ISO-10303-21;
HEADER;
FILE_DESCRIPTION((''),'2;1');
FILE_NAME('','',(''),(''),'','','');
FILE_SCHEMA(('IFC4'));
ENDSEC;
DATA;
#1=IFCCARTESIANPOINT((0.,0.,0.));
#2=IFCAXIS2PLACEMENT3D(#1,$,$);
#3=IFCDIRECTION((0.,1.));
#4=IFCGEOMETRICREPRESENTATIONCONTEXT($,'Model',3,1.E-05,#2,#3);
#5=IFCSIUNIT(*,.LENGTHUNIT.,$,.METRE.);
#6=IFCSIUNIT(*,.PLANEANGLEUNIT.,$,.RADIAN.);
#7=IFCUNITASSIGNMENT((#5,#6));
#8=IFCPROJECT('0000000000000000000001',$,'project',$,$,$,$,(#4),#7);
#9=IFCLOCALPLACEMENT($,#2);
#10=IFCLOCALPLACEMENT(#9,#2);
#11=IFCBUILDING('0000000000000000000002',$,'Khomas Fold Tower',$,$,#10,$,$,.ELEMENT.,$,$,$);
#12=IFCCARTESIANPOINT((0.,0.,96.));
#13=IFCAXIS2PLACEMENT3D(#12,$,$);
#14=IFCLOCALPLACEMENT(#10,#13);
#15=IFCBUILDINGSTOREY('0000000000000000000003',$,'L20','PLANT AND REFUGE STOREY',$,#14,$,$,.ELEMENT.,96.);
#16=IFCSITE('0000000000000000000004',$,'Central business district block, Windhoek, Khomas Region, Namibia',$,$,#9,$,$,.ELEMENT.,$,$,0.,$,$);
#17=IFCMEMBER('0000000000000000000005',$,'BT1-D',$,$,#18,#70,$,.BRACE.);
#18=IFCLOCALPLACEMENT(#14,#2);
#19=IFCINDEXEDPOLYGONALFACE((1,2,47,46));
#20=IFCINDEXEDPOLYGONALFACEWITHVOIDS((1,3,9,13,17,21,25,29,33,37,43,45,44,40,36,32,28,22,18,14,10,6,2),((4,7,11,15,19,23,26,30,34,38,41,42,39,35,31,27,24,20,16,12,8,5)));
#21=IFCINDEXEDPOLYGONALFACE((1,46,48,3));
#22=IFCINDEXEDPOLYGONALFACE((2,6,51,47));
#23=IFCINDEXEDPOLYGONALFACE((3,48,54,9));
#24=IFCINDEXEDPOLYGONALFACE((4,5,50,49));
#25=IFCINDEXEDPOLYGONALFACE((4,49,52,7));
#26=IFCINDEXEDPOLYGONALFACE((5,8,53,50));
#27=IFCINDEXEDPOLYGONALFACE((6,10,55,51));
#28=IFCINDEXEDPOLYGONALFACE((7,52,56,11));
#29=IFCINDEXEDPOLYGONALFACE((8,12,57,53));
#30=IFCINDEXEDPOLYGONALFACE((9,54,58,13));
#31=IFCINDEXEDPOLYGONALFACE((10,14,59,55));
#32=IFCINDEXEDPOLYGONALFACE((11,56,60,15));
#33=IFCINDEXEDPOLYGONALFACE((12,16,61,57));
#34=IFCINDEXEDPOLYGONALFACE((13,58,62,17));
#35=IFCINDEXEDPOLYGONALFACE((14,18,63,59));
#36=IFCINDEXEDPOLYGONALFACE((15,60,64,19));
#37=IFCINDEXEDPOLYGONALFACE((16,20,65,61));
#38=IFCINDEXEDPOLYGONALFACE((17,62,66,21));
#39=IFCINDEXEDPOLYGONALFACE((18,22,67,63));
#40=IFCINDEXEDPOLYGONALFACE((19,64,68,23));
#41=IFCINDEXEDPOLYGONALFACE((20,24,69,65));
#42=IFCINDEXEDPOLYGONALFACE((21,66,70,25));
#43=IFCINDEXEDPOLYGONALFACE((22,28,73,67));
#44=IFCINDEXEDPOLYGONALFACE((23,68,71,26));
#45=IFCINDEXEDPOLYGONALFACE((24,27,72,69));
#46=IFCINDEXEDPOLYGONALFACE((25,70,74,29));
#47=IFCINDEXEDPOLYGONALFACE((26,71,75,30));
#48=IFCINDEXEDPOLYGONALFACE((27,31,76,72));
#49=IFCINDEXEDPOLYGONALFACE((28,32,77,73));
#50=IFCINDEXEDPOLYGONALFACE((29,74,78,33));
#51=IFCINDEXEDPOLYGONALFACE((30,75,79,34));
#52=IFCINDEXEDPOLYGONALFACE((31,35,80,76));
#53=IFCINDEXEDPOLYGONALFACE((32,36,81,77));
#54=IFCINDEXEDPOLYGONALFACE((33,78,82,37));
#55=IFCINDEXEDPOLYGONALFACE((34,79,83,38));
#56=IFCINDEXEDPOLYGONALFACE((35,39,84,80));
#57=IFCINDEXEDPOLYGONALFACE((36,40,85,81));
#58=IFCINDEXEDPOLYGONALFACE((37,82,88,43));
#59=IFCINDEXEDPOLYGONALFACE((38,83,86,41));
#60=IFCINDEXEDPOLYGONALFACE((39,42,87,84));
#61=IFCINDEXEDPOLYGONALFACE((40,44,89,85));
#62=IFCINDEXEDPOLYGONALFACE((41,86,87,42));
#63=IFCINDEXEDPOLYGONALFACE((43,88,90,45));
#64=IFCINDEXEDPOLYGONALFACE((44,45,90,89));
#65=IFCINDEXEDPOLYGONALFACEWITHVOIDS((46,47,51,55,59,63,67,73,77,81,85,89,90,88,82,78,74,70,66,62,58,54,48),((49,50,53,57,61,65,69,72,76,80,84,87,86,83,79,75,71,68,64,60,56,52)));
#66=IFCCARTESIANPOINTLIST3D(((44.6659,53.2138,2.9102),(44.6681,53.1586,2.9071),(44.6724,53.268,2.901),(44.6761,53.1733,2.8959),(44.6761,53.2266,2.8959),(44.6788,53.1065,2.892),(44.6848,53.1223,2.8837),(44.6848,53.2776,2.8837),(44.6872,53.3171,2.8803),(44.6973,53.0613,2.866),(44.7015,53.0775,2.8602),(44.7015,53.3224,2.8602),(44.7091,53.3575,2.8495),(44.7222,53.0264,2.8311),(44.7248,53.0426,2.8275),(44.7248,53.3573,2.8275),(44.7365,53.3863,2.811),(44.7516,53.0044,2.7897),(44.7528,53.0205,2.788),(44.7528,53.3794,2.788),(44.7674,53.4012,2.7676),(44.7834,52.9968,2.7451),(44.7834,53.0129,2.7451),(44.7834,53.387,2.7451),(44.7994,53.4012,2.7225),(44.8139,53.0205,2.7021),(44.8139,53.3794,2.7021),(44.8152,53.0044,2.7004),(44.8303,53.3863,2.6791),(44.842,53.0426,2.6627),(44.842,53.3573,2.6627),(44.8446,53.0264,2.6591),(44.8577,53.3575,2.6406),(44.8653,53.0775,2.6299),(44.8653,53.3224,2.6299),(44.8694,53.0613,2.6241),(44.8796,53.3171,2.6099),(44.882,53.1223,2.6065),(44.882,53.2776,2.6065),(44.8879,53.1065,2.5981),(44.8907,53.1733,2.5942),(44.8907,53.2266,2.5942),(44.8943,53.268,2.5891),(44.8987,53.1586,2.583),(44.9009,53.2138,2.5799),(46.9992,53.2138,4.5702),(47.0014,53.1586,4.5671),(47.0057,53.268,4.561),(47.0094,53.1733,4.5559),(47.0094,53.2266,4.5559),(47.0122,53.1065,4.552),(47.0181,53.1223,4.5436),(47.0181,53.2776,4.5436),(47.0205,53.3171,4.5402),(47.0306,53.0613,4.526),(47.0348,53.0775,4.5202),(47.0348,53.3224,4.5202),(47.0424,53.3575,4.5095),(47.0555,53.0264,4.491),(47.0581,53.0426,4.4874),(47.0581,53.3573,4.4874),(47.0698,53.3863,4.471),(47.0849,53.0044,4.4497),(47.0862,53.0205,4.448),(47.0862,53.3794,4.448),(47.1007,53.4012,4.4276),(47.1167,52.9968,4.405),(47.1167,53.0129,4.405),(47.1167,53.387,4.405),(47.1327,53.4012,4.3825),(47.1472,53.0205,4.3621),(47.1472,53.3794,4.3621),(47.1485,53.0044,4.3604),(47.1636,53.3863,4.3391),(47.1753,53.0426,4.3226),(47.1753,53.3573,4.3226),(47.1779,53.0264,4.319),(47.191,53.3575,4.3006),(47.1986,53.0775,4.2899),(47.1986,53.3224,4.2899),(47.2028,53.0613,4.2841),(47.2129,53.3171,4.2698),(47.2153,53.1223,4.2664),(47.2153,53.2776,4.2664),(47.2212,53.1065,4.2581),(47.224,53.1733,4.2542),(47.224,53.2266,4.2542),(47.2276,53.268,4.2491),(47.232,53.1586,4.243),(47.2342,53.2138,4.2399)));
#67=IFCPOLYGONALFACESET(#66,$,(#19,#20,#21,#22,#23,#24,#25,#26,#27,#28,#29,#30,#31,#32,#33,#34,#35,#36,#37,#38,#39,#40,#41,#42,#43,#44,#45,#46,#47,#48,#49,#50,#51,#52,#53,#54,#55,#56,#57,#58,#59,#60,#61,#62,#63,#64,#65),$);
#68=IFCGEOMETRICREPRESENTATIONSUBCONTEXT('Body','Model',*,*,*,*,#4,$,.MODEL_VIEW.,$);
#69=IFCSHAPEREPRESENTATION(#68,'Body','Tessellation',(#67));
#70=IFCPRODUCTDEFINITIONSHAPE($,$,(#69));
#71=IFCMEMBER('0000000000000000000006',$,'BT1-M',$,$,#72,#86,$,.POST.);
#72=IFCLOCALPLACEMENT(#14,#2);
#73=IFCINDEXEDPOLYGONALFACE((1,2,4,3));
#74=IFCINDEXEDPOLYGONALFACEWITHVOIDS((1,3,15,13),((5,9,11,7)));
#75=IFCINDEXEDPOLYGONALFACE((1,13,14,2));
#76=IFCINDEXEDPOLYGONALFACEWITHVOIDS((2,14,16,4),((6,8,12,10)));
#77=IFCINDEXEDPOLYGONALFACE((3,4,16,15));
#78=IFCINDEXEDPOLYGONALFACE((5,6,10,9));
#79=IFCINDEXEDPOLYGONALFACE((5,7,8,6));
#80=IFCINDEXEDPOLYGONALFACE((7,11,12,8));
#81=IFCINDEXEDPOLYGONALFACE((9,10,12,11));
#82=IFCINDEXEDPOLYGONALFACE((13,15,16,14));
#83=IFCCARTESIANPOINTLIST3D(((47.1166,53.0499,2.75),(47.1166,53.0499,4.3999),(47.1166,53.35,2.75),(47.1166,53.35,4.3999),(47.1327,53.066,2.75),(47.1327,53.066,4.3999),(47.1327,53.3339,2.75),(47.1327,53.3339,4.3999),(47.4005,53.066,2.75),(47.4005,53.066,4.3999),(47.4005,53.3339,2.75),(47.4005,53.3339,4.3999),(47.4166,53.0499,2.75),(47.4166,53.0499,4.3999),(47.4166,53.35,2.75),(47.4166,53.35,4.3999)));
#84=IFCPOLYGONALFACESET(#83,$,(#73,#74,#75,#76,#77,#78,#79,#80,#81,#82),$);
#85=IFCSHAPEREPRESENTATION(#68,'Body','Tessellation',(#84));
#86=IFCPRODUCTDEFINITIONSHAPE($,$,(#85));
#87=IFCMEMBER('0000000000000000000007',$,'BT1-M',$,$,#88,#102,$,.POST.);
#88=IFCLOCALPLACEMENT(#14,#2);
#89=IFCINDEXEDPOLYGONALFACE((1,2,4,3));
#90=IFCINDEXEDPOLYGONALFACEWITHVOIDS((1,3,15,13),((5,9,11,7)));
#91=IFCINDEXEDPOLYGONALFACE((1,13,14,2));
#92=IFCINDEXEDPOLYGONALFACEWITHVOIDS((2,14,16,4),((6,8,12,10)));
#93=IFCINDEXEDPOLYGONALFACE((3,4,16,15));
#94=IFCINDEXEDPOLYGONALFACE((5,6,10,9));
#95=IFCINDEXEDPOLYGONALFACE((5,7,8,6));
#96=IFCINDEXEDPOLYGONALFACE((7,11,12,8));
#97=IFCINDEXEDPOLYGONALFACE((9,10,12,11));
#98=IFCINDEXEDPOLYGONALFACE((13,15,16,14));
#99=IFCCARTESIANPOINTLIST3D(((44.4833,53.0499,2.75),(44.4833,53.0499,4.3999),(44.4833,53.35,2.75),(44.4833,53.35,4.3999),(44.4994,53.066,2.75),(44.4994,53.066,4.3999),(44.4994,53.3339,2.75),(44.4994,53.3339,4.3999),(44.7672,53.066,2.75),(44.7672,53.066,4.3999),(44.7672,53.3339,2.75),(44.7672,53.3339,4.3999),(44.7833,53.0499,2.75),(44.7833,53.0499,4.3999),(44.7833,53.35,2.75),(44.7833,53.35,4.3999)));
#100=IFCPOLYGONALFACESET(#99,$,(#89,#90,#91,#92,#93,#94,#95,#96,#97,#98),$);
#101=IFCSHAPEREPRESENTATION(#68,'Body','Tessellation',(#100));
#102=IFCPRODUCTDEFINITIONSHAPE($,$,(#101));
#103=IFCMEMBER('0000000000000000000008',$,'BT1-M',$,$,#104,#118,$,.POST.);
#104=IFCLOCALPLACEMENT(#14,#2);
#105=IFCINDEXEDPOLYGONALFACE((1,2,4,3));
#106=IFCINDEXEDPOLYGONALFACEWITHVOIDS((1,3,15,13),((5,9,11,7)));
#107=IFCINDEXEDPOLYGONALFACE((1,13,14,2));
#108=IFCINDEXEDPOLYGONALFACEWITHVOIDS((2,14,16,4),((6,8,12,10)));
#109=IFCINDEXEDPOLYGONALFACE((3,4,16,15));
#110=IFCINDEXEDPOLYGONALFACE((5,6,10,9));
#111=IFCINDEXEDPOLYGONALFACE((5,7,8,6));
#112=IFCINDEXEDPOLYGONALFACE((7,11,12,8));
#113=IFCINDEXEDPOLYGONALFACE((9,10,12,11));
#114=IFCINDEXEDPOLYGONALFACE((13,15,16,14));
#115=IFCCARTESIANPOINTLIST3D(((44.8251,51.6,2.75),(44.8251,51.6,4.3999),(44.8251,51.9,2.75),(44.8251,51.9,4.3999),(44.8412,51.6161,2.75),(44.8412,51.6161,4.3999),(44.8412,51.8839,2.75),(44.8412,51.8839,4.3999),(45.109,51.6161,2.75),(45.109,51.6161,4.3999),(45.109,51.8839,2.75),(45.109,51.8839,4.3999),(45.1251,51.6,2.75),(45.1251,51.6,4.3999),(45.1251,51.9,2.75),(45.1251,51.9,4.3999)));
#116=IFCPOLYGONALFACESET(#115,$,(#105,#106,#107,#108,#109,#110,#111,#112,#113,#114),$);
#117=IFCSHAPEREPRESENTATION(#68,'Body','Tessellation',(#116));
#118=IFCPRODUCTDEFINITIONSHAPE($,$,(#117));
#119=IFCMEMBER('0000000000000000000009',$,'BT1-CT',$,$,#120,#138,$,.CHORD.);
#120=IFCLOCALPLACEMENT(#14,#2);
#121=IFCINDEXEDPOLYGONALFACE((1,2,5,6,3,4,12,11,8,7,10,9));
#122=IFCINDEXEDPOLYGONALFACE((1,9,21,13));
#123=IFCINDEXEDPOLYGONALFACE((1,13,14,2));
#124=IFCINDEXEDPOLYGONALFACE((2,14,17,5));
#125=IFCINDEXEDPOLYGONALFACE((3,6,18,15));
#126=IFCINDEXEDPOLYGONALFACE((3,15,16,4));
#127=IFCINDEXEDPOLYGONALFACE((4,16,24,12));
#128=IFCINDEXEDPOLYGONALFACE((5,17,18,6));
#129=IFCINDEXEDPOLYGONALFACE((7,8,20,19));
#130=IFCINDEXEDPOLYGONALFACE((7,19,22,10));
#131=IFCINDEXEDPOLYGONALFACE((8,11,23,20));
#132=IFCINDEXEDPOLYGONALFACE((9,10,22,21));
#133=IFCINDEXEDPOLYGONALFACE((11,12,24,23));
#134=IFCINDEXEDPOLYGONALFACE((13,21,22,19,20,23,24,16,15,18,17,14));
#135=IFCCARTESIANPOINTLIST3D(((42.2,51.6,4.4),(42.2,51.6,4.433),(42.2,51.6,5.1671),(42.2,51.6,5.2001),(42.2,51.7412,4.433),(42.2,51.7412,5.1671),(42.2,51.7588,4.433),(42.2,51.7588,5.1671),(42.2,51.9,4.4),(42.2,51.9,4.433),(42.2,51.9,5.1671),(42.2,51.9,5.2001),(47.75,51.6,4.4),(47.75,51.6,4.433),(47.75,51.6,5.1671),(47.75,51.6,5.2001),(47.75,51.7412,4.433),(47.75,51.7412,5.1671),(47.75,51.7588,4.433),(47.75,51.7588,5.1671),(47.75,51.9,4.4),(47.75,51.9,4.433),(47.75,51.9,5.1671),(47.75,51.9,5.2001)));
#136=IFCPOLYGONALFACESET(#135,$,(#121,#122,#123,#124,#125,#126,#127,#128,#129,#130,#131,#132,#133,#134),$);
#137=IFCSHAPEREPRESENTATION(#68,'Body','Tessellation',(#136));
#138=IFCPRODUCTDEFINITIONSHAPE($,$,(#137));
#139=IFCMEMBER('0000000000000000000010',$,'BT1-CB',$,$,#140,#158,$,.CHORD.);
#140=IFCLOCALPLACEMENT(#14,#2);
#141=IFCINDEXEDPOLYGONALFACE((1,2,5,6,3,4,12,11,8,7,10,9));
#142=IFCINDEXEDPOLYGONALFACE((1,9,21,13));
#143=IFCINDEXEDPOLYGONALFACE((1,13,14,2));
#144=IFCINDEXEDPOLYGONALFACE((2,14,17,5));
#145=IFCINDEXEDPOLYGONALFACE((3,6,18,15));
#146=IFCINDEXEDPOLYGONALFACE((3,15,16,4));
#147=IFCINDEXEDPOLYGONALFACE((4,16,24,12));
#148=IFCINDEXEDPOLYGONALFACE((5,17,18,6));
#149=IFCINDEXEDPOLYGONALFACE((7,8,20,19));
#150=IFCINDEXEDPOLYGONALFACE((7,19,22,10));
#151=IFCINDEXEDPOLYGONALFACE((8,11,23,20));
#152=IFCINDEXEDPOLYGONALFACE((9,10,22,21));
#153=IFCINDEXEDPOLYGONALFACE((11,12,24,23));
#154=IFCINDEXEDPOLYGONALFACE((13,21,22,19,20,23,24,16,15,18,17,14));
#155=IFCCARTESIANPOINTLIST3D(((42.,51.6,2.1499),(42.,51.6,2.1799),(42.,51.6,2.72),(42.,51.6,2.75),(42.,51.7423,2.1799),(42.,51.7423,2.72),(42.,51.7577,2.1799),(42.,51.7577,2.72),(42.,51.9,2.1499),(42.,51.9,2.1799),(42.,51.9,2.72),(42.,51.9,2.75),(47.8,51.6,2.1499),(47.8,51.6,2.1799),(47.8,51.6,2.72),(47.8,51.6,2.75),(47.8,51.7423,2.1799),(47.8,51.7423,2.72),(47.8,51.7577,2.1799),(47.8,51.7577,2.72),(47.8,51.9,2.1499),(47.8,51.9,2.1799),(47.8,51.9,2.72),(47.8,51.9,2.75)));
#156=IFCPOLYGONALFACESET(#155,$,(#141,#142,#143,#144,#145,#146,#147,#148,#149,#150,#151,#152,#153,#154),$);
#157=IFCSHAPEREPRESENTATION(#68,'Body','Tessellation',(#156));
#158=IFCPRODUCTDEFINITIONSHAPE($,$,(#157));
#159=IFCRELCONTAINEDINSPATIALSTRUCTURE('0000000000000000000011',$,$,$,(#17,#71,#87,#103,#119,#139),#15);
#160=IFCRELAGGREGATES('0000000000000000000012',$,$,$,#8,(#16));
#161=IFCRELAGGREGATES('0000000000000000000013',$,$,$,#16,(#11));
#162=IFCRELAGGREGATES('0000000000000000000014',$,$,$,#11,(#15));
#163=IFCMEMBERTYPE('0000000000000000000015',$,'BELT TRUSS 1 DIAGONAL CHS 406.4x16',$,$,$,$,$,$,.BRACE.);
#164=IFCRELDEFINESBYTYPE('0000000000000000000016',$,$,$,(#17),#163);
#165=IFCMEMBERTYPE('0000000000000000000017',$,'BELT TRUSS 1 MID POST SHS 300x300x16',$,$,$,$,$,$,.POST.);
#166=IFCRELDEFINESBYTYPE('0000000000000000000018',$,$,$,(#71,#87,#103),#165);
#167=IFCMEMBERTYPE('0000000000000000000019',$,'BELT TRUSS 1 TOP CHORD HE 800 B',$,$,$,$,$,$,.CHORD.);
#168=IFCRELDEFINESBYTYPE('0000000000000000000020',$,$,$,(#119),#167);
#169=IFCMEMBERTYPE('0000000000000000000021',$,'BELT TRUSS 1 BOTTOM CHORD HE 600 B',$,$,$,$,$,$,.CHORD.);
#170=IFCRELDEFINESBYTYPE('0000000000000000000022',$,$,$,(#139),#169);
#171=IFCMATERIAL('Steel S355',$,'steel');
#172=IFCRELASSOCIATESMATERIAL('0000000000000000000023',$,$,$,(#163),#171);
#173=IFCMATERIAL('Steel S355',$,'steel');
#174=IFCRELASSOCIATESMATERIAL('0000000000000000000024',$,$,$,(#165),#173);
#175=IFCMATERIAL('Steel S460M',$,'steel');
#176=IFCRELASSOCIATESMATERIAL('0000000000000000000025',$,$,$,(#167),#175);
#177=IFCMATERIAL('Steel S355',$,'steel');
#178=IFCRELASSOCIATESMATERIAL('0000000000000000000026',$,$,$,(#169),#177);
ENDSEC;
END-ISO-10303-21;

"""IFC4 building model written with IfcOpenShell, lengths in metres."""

from ifc_helpers import new_model, si_unit, direction, frame, origin, origin_2d, place, context, subcontext, project, spatial, hollow_rectangle, hollow_circle, i_section, extrude, source, transform, mapped, material, material_profile, profile_set, type_object, element, save


model = new_model("IFC4")

# Units and contexts
model_context = context("Model", 3, precision=1e-05, world=origin(), true_north=direction((0.0, 1.0)))
body_context = subcontext(model_context, "Body", "Model", "MODEL_VIEW")
ifc_project = project(units=[si_unit("LENGTHUNIT", "METRE"), si_unit("PLANEANGLEUNIT", "RADIAN")], contexts=[model_context])

# Site, building, storey
site_placement = place(None, origin())
site = spatial("IfcSite", under=ifc_project, at=site_placement, Name="Central business district block, Windhoek, Khomas Region, Namibia", CompositionType="ELEMENT", RefElevation=0.0)
building_placement = place(site_placement, origin())
building = spatial("IfcBuilding", under=site, at=building_placement, Name="Khomas Fold Tower", CompositionType="ELEMENT")
storey_placement = place(building_placement, frame((0.0, 0.0, 96.0)))
storey = spatial("IfcBuildingStorey", under=building, at=storey_placement, Name="L20", Description="PLANT AND REFUGE STOREY", CompositionType="ELEMENT", Elevation=96.0)

# Members
ifc_material_1 = material(Name="Steel S355", Category="steel")
ifc_material_profile_1 = material_profile(ifc_material_1, hollow_circle(Radius=0.2031, WallThickness=0.0161, at=origin_2d()), Name="CHS 406.4x16")
ifc_profile_set_1 = profile_set([ifc_material_profile_1], Name="Steel S355")
member_type_1 = type_object("IfcMemberType", Name="BELT TRUSS 1 DIAGONAL CHS 406.4x16", PredefinedType="BRACE", material=ifc_profile_set_1)
shared_shape_1 = source(origin(), body_context, "Body", "SweptSolid", [
    extrude(hollow_circle(Radius=0.2031, WallThickness=0.0161, at=origin_2d()), origin(), (0.0, 0.0, 1.0), 2.8635),
])
member_1_placement = place(storey_placement, frame((47.1167, 53.2, 4.405), z_axis=(-0.814838, 0.0, -0.579689), x_axis=(0.0, -1.0, 0.0)))
element("IfcMember", 1, at=member_1_placement, inside=storey, type_object=member_type_1, Name="BT1-D", PredefinedType="BRACE", context=body_context, shape_type="MappedRepresentation", body=[
    mapped(shared_shape_1, transform((0.0, 0.0, 0.0))),
])
ifc_material_2 = material(Name="Steel S355", Category="steel")
ifc_material_profile_2 = material_profile(ifc_material_2, hollow_rectangle(XDim=0.3, YDim=0.3, WallThickness=0.0161, at=origin_2d()), Name="SHS 300x300x16")
ifc_profile_set_2 = profile_set([ifc_material_profile_2], Name="Steel S355")
member_type_2 = type_object("IfcMemberType", Name="BELT TRUSS 1 MID POST SHS 300x300x16", PredefinedType="POST", material=ifc_profile_set_2)
shared_shape_2 = source(origin(), body_context, "Body", "SweptSolid", [
    extrude(hollow_rectangle(XDim=0.3, YDim=0.3, WallThickness=0.0161, at=origin_2d()), origin(), (0.0, 0.0, 1.0), 1.6499),
])
for number, where, z_axis, x_axis, name in (
    (2, (47.2666, 53.2, 2.75), (0.0, 0.0, 1.0), (1.0, 0.0, 0.0), "BT1-M"),
    (3, (44.6333, 53.2, 2.75), (0.0, 0.0, 1.0), (1.0, 0.0, 0.0), "BT1-M"),
    (4, (44.9751, 51.75, 2.75), (0.0, 0.0, 1.0), (1.0, 0.0, 0.0), "BT1-M"),
):
    element("IfcMember", number, at=place(storey_placement, frame(where, z_axis=z_axis, x_axis=x_axis)), inside=storey, type_object=member_type_2, Name=name, PredefinedType="POST", context=body_context, shape_type="MappedRepresentation", body=[
        mapped(shared_shape_2, transform((0.0, 0.0, 0.0))),
    ])
ifc_material_3 = material(Name="Steel S460M", Category="steel")
ifc_material_profile_3 = material_profile(ifc_material_3, i_section(OverallWidth=0.3, OverallDepth=0.8, WebThickness=0.0176, FlangeThickness=0.033, at=origin_2d()), Name="HE 800 B")
ifc_profile_set_3 = profile_set([ifc_material_profile_3], Name="Steel S460M")
member_type_3 = type_object("IfcMemberType", Name="BELT TRUSS 1 TOP CHORD HE 800 B", PredefinedType="CHORD", material=ifc_profile_set_3)
shared_shape_3 = source(origin(), body_context, "Body", "SweptSolid", [
    extrude(i_section(OverallWidth=0.3, OverallDepth=0.8, WebThickness=0.0176, FlangeThickness=0.033, at=origin_2d()), origin(), (0.0, 0.0, 1.0), 5.55),
])
member_2_placement = place(storey_placement, frame((47.75, 51.75, 4.8), z_axis=(-1.0, 0.0, 0.0), x_axis=(0.0, -1.0, 0.0)))
element("IfcMember", 5, at=member_2_placement, inside=storey, type_object=member_type_3, Name="BT1-CT", PredefinedType="CHORD", context=body_context, shape_type="MappedRepresentation", body=[
    mapped(shared_shape_3, transform((0.0, 0.0, 0.0))),
])
ifc_material_4 = material(Name="Steel S355", Category="steel")
ifc_material_profile_4 = material_profile(ifc_material_4, i_section(OverallWidth=0.3, OverallDepth=0.6001, WebThickness=0.0154, FlangeThickness=0.03, at=origin_2d()), Name="HE 600 B")
ifc_profile_set_4 = profile_set([ifc_material_profile_4], Name="Steel S355")
member_type_4 = type_object("IfcMemberType", Name="BELT TRUSS 1 BOTTOM CHORD HE 600 B", PredefinedType="CHORD", material=ifc_profile_set_4)
shared_shape_4 = source(origin(), body_context, "Body", "SweptSolid", [
    extrude(i_section(OverallWidth=0.3, OverallDepth=0.6001, WebThickness=0.0154, FlangeThickness=0.03, at=origin_2d()), origin(), (0.0, 0.0, 1.0), 5.8),
])
member_3_placement = place(storey_placement, frame((47.8, 51.75, 2.45), z_axis=(-1.0, 0.0, 0.0), x_axis=(0.0, -1.0, 0.0)))
element("IfcMember", 6, at=member_3_placement, inside=storey, type_object=member_type_4, Name="BT1-CB", PredefinedType="CHORD", context=body_context, shape_type="MappedRepresentation", body=[
    mapped(shared_shape_4, transform((0.0, 0.0, 0.0))),
])

save(model, "model.ifc")
